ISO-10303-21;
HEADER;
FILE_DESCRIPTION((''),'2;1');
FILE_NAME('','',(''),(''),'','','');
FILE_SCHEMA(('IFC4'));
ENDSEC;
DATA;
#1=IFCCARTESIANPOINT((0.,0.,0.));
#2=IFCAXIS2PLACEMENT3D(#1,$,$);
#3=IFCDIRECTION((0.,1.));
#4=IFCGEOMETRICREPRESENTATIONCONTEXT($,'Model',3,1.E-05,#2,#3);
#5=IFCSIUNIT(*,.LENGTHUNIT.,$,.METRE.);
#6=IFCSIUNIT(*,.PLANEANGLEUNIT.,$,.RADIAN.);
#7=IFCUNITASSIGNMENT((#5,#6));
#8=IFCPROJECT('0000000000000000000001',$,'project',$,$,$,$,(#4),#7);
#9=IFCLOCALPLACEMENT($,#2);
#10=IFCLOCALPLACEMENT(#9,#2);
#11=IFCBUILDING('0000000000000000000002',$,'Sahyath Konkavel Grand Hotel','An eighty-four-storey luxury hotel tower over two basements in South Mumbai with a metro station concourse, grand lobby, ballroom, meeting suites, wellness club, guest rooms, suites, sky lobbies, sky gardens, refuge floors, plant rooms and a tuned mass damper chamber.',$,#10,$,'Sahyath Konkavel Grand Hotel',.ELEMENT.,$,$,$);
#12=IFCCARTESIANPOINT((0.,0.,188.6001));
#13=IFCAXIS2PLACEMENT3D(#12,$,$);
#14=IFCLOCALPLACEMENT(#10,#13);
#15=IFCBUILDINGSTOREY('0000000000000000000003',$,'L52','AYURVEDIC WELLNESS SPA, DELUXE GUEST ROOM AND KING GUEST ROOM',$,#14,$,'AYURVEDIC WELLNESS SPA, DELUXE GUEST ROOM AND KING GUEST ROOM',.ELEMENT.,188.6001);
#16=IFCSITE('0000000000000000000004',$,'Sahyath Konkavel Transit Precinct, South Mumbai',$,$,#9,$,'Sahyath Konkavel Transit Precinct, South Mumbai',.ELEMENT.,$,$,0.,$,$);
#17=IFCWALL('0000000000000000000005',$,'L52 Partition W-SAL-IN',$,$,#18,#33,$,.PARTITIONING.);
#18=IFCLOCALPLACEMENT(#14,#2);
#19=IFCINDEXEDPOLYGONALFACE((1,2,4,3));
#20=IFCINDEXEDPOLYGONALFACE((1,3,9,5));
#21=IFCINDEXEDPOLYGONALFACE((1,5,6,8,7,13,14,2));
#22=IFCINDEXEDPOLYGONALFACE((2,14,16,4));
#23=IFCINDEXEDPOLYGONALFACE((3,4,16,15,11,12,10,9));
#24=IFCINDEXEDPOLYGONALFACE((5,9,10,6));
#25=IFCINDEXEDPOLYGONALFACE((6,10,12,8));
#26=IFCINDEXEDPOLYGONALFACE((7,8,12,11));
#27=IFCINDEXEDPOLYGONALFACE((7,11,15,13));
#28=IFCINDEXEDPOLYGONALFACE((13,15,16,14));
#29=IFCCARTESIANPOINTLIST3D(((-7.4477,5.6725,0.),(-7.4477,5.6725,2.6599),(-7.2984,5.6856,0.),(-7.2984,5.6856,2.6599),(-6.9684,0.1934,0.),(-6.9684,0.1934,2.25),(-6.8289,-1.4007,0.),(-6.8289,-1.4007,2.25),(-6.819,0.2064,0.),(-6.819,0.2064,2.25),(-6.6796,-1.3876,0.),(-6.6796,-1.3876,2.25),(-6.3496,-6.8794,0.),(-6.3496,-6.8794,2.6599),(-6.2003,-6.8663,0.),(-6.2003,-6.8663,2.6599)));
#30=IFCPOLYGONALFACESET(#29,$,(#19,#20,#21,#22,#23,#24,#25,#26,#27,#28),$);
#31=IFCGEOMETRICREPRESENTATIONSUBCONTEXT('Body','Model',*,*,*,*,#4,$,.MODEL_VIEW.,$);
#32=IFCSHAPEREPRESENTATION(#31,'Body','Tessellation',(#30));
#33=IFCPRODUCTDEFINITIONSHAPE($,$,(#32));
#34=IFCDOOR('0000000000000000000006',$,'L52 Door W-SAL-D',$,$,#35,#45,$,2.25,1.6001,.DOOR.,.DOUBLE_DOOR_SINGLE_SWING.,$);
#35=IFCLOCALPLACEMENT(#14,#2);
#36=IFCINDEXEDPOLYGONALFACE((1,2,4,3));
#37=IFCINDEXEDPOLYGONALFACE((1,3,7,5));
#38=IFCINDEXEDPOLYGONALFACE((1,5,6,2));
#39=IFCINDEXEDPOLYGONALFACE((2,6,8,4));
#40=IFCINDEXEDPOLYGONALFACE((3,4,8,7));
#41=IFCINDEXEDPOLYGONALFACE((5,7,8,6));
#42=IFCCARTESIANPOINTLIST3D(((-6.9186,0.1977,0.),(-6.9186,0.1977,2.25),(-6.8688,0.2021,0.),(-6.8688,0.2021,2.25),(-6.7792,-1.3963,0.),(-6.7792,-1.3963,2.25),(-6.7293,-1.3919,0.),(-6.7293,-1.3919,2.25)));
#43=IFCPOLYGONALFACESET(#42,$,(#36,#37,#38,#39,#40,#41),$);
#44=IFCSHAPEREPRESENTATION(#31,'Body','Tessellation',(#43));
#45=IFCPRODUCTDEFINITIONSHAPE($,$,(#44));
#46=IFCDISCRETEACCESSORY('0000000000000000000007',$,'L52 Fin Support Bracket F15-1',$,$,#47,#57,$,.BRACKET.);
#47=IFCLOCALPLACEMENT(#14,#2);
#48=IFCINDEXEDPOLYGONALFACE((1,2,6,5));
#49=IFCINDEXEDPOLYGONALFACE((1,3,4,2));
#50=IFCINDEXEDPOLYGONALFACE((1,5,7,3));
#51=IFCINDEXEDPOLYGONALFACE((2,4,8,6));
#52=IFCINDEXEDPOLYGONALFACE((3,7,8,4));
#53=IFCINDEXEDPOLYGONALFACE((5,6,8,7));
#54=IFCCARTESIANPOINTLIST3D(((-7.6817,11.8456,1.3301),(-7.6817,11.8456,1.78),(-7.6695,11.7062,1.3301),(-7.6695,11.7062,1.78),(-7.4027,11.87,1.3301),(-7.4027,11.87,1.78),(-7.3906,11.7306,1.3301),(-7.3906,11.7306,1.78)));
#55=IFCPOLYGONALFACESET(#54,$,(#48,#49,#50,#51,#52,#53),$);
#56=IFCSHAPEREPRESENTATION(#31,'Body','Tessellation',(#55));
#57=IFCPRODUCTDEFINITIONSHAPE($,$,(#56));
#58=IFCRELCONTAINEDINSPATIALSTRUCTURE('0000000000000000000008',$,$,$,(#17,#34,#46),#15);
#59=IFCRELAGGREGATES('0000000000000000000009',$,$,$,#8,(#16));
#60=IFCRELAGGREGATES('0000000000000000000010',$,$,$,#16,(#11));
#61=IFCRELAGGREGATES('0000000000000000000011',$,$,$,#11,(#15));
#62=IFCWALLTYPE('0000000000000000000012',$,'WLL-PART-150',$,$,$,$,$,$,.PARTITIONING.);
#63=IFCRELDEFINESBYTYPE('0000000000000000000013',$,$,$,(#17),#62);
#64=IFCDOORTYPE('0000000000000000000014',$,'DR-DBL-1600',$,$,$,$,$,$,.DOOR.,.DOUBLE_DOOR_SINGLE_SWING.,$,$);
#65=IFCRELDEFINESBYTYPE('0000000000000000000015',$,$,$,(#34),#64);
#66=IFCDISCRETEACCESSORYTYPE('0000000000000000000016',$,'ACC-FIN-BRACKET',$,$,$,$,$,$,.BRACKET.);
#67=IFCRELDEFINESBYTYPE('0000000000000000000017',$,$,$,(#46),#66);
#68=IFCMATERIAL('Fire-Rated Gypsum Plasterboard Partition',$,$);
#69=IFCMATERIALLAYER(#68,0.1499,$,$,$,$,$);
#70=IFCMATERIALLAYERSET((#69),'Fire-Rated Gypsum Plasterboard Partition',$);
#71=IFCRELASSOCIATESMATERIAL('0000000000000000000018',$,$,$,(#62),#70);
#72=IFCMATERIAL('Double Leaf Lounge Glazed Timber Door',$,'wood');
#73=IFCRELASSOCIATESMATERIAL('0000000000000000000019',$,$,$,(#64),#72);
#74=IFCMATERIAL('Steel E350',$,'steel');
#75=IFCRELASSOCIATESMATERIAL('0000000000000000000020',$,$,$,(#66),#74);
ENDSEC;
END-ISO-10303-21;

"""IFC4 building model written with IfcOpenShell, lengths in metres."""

from ifc_helpers import new_model, si_unit, direction, frame, frame_2d, origin, origin_2d, place, context, subcontext, project, spatial, rectangle, extrude, source, transform, mapped, material, layer, layer_set, type_object, element, fill, save


model = new_model("IFC4")

# Units and contexts
model_context = context("Model", 3, precision=1e-05, world=origin(), true_north=direction((0.0, 1.0)))
body_context = subcontext(model_context, "Body", "Model", "MODEL_VIEW")
ifc_project = project(units=[si_unit("LENGTHUNIT", "METRE"), si_unit("PLANEANGLEUNIT", "RADIAN")], contexts=[model_context])

# Site, building, storey
site_placement = place(None, origin())
site = spatial("IfcSite", under=ifc_project, at=site_placement, Name="Sahyath Konkavel Transit Precinct, South Mumbai", LongName="Sahyath Konkavel Transit Precinct, South Mumbai", CompositionType="ELEMENT", RefElevation=0.0)
building_placement = place(site_placement, origin())
building = spatial("IfcBuilding", under=site, at=building_placement, Name="Sahyath Konkavel Grand Hotel", Description="An eighty-four-storey luxury hotel tower over two basements in South Mumbai with a metro station concourse, grand lobby, ballroom, meeting suites, wellness club, guest rooms, suites, sky lobbies, sky gardens, refuge floors, plant rooms and a tuned mass damper chamber.", LongName="Sahyath Konkavel Grand Hotel", CompositionType="ELEMENT")
storey_placement = place(building_placement, frame((0.0, 0.0, 188.6001)))
storey = spatial("IfcBuildingStorey", under=building, at=storey_placement, Name="L52", Description="AYURVEDIC WELLNESS SPA, DELUXE GUEST ROOM AND KING GUEST ROOM", LongName="AYURVEDIC WELLNESS SPA, DELUXE GUEST ROOM AND KING GUEST ROOM", CompositionType="ELEMENT", Elevation=188.6001)

# Shared definitions
ifc_material_1 = material(Name="Steel E350", Category="steel")

# Wall, opening, door
ifc_material_2 = material(Name="Fire-Rated Gypsum Plasterboard Partition")
ifc_layer_1 = layer(ifc_material_2, 0.1499)
ifc_layer_set_1 = layer_set([ifc_layer_1], Name="Fire-Rated Gypsum Plasterboard Partition")
wall_type_1 = type_object("IfcWallType", Name="WLL-PART-150", PredefinedType="PARTITIONING", material=ifc_layer_set_1)
wall_1_placement = place(storey_placement, frame((-7.373, 5.679, 0.0), z_axis=(0.0, 0.0, 1.0), x_axis=(0.087155, -0.996195, 0.0)))
wall_1 = element("IfcWall", 1, at=wall_1_placement, inside=storey, type_object=wall_type_1, Name="L52 Partition W-SAL-IN", PredefinedType="PARTITIONING", context=body_context, shape_type="SweptSolid", body=[
    extrude(rectangle(XDim=12.5999, YDim=0.1499, at=frame_2d((6.2998, 0.0))), origin(), (0.0, 0.0, 1.0), 2.6599),
])
opening_1_placement = place(wall_1_placement, frame((5.5, 0.0, 0.0)))
opening_1 = element("IfcOpeningElement", 2, at=opening_1_placement, cuts=wall_1, PredefinedType="OPENING", context=body_context, shape_type="SweptSolid", body=[
    extrude(rectangle(XDim=1.6001, YDim=2.25, at=frame_2d((0.8, 1.125))), frame((0.0, 0.085, 0.0), z_axis=(0.0, -1.0, 0.0), x_axis=(1.0, 0.0, 0.0)), (0.0, 0.0, 1.0), 0.1699),
])
ifc_material_3 = material(Name="Double Leaf Lounge Glazed Timber Door", Category="wood")
door_type_1 = type_object("IfcDoorType", Name="DR-DBL-1600", OperationType="DOUBLE_DOOR_SINGLE_SWING", PredefinedType="DOOR", material=ifc_material_3)
shared_shape_1 = source(origin(), body_context, "Body", "SweptSolid", [
    extrude(rectangle(XDim=1.6001, YDim=0.05, at=origin_2d()), origin(), (0.0, 0.0, 1.0), 2.25),
])
door_1_placement = place(opening_1_placement, frame((0.8, 0.0, 0.0)))
door_1 = element("IfcDoor", 3, at=door_1_placement, inside=storey, type_object=door_type_1, Name="L52 Door W-SAL-D", OperationType="DOUBLE_DOOR_SINGLE_SWING", OverallHeight=2.25, OverallWidth=1.6001, PredefinedType="DOOR", context=body_context, shape_type="MappedRepresentation", body=[
    mapped(shared_shape_1, transform((0.0, 0.0, 0.0), scale=1.0)),
])
fill(opening_1, door_1)

# Discrete accessory
discrete_accessory_type = type_object("IfcDiscreteAccessoryType", Name="ACC-FIN-BRACKET", PredefinedType="BRACKET", material=ifc_material_1)
shared_shape_2 = source(origin(), body_context, "Body", "SweptSolid", [
    extrude(rectangle(XDim=0.28, YDim=0.1399, at=origin_2d()), origin(), (0.0, 0.0, 1.0), 0.45),
])
discrete_accessory_placement = place(storey_placement, frame((-7.5361, 11.7881, 1.3301), z_axis=(0.0, 0.0, 1.0), x_axis=(-0.996195, -0.087156, 0.0)))
element("IfcDiscreteAccessory", 4, at=discrete_accessory_placement, inside=storey, type_object=discrete_accessory_type, Name="L52 Fin Support Bracket F15-1", PredefinedType="BRACKET", context=body_context, shape_type="MappedRepresentation", body=[
    mapped(shared_shape_2, transform((0.0, 0.0, 0.0), scale=1.0)),
])

save(model, "model.ifc")
